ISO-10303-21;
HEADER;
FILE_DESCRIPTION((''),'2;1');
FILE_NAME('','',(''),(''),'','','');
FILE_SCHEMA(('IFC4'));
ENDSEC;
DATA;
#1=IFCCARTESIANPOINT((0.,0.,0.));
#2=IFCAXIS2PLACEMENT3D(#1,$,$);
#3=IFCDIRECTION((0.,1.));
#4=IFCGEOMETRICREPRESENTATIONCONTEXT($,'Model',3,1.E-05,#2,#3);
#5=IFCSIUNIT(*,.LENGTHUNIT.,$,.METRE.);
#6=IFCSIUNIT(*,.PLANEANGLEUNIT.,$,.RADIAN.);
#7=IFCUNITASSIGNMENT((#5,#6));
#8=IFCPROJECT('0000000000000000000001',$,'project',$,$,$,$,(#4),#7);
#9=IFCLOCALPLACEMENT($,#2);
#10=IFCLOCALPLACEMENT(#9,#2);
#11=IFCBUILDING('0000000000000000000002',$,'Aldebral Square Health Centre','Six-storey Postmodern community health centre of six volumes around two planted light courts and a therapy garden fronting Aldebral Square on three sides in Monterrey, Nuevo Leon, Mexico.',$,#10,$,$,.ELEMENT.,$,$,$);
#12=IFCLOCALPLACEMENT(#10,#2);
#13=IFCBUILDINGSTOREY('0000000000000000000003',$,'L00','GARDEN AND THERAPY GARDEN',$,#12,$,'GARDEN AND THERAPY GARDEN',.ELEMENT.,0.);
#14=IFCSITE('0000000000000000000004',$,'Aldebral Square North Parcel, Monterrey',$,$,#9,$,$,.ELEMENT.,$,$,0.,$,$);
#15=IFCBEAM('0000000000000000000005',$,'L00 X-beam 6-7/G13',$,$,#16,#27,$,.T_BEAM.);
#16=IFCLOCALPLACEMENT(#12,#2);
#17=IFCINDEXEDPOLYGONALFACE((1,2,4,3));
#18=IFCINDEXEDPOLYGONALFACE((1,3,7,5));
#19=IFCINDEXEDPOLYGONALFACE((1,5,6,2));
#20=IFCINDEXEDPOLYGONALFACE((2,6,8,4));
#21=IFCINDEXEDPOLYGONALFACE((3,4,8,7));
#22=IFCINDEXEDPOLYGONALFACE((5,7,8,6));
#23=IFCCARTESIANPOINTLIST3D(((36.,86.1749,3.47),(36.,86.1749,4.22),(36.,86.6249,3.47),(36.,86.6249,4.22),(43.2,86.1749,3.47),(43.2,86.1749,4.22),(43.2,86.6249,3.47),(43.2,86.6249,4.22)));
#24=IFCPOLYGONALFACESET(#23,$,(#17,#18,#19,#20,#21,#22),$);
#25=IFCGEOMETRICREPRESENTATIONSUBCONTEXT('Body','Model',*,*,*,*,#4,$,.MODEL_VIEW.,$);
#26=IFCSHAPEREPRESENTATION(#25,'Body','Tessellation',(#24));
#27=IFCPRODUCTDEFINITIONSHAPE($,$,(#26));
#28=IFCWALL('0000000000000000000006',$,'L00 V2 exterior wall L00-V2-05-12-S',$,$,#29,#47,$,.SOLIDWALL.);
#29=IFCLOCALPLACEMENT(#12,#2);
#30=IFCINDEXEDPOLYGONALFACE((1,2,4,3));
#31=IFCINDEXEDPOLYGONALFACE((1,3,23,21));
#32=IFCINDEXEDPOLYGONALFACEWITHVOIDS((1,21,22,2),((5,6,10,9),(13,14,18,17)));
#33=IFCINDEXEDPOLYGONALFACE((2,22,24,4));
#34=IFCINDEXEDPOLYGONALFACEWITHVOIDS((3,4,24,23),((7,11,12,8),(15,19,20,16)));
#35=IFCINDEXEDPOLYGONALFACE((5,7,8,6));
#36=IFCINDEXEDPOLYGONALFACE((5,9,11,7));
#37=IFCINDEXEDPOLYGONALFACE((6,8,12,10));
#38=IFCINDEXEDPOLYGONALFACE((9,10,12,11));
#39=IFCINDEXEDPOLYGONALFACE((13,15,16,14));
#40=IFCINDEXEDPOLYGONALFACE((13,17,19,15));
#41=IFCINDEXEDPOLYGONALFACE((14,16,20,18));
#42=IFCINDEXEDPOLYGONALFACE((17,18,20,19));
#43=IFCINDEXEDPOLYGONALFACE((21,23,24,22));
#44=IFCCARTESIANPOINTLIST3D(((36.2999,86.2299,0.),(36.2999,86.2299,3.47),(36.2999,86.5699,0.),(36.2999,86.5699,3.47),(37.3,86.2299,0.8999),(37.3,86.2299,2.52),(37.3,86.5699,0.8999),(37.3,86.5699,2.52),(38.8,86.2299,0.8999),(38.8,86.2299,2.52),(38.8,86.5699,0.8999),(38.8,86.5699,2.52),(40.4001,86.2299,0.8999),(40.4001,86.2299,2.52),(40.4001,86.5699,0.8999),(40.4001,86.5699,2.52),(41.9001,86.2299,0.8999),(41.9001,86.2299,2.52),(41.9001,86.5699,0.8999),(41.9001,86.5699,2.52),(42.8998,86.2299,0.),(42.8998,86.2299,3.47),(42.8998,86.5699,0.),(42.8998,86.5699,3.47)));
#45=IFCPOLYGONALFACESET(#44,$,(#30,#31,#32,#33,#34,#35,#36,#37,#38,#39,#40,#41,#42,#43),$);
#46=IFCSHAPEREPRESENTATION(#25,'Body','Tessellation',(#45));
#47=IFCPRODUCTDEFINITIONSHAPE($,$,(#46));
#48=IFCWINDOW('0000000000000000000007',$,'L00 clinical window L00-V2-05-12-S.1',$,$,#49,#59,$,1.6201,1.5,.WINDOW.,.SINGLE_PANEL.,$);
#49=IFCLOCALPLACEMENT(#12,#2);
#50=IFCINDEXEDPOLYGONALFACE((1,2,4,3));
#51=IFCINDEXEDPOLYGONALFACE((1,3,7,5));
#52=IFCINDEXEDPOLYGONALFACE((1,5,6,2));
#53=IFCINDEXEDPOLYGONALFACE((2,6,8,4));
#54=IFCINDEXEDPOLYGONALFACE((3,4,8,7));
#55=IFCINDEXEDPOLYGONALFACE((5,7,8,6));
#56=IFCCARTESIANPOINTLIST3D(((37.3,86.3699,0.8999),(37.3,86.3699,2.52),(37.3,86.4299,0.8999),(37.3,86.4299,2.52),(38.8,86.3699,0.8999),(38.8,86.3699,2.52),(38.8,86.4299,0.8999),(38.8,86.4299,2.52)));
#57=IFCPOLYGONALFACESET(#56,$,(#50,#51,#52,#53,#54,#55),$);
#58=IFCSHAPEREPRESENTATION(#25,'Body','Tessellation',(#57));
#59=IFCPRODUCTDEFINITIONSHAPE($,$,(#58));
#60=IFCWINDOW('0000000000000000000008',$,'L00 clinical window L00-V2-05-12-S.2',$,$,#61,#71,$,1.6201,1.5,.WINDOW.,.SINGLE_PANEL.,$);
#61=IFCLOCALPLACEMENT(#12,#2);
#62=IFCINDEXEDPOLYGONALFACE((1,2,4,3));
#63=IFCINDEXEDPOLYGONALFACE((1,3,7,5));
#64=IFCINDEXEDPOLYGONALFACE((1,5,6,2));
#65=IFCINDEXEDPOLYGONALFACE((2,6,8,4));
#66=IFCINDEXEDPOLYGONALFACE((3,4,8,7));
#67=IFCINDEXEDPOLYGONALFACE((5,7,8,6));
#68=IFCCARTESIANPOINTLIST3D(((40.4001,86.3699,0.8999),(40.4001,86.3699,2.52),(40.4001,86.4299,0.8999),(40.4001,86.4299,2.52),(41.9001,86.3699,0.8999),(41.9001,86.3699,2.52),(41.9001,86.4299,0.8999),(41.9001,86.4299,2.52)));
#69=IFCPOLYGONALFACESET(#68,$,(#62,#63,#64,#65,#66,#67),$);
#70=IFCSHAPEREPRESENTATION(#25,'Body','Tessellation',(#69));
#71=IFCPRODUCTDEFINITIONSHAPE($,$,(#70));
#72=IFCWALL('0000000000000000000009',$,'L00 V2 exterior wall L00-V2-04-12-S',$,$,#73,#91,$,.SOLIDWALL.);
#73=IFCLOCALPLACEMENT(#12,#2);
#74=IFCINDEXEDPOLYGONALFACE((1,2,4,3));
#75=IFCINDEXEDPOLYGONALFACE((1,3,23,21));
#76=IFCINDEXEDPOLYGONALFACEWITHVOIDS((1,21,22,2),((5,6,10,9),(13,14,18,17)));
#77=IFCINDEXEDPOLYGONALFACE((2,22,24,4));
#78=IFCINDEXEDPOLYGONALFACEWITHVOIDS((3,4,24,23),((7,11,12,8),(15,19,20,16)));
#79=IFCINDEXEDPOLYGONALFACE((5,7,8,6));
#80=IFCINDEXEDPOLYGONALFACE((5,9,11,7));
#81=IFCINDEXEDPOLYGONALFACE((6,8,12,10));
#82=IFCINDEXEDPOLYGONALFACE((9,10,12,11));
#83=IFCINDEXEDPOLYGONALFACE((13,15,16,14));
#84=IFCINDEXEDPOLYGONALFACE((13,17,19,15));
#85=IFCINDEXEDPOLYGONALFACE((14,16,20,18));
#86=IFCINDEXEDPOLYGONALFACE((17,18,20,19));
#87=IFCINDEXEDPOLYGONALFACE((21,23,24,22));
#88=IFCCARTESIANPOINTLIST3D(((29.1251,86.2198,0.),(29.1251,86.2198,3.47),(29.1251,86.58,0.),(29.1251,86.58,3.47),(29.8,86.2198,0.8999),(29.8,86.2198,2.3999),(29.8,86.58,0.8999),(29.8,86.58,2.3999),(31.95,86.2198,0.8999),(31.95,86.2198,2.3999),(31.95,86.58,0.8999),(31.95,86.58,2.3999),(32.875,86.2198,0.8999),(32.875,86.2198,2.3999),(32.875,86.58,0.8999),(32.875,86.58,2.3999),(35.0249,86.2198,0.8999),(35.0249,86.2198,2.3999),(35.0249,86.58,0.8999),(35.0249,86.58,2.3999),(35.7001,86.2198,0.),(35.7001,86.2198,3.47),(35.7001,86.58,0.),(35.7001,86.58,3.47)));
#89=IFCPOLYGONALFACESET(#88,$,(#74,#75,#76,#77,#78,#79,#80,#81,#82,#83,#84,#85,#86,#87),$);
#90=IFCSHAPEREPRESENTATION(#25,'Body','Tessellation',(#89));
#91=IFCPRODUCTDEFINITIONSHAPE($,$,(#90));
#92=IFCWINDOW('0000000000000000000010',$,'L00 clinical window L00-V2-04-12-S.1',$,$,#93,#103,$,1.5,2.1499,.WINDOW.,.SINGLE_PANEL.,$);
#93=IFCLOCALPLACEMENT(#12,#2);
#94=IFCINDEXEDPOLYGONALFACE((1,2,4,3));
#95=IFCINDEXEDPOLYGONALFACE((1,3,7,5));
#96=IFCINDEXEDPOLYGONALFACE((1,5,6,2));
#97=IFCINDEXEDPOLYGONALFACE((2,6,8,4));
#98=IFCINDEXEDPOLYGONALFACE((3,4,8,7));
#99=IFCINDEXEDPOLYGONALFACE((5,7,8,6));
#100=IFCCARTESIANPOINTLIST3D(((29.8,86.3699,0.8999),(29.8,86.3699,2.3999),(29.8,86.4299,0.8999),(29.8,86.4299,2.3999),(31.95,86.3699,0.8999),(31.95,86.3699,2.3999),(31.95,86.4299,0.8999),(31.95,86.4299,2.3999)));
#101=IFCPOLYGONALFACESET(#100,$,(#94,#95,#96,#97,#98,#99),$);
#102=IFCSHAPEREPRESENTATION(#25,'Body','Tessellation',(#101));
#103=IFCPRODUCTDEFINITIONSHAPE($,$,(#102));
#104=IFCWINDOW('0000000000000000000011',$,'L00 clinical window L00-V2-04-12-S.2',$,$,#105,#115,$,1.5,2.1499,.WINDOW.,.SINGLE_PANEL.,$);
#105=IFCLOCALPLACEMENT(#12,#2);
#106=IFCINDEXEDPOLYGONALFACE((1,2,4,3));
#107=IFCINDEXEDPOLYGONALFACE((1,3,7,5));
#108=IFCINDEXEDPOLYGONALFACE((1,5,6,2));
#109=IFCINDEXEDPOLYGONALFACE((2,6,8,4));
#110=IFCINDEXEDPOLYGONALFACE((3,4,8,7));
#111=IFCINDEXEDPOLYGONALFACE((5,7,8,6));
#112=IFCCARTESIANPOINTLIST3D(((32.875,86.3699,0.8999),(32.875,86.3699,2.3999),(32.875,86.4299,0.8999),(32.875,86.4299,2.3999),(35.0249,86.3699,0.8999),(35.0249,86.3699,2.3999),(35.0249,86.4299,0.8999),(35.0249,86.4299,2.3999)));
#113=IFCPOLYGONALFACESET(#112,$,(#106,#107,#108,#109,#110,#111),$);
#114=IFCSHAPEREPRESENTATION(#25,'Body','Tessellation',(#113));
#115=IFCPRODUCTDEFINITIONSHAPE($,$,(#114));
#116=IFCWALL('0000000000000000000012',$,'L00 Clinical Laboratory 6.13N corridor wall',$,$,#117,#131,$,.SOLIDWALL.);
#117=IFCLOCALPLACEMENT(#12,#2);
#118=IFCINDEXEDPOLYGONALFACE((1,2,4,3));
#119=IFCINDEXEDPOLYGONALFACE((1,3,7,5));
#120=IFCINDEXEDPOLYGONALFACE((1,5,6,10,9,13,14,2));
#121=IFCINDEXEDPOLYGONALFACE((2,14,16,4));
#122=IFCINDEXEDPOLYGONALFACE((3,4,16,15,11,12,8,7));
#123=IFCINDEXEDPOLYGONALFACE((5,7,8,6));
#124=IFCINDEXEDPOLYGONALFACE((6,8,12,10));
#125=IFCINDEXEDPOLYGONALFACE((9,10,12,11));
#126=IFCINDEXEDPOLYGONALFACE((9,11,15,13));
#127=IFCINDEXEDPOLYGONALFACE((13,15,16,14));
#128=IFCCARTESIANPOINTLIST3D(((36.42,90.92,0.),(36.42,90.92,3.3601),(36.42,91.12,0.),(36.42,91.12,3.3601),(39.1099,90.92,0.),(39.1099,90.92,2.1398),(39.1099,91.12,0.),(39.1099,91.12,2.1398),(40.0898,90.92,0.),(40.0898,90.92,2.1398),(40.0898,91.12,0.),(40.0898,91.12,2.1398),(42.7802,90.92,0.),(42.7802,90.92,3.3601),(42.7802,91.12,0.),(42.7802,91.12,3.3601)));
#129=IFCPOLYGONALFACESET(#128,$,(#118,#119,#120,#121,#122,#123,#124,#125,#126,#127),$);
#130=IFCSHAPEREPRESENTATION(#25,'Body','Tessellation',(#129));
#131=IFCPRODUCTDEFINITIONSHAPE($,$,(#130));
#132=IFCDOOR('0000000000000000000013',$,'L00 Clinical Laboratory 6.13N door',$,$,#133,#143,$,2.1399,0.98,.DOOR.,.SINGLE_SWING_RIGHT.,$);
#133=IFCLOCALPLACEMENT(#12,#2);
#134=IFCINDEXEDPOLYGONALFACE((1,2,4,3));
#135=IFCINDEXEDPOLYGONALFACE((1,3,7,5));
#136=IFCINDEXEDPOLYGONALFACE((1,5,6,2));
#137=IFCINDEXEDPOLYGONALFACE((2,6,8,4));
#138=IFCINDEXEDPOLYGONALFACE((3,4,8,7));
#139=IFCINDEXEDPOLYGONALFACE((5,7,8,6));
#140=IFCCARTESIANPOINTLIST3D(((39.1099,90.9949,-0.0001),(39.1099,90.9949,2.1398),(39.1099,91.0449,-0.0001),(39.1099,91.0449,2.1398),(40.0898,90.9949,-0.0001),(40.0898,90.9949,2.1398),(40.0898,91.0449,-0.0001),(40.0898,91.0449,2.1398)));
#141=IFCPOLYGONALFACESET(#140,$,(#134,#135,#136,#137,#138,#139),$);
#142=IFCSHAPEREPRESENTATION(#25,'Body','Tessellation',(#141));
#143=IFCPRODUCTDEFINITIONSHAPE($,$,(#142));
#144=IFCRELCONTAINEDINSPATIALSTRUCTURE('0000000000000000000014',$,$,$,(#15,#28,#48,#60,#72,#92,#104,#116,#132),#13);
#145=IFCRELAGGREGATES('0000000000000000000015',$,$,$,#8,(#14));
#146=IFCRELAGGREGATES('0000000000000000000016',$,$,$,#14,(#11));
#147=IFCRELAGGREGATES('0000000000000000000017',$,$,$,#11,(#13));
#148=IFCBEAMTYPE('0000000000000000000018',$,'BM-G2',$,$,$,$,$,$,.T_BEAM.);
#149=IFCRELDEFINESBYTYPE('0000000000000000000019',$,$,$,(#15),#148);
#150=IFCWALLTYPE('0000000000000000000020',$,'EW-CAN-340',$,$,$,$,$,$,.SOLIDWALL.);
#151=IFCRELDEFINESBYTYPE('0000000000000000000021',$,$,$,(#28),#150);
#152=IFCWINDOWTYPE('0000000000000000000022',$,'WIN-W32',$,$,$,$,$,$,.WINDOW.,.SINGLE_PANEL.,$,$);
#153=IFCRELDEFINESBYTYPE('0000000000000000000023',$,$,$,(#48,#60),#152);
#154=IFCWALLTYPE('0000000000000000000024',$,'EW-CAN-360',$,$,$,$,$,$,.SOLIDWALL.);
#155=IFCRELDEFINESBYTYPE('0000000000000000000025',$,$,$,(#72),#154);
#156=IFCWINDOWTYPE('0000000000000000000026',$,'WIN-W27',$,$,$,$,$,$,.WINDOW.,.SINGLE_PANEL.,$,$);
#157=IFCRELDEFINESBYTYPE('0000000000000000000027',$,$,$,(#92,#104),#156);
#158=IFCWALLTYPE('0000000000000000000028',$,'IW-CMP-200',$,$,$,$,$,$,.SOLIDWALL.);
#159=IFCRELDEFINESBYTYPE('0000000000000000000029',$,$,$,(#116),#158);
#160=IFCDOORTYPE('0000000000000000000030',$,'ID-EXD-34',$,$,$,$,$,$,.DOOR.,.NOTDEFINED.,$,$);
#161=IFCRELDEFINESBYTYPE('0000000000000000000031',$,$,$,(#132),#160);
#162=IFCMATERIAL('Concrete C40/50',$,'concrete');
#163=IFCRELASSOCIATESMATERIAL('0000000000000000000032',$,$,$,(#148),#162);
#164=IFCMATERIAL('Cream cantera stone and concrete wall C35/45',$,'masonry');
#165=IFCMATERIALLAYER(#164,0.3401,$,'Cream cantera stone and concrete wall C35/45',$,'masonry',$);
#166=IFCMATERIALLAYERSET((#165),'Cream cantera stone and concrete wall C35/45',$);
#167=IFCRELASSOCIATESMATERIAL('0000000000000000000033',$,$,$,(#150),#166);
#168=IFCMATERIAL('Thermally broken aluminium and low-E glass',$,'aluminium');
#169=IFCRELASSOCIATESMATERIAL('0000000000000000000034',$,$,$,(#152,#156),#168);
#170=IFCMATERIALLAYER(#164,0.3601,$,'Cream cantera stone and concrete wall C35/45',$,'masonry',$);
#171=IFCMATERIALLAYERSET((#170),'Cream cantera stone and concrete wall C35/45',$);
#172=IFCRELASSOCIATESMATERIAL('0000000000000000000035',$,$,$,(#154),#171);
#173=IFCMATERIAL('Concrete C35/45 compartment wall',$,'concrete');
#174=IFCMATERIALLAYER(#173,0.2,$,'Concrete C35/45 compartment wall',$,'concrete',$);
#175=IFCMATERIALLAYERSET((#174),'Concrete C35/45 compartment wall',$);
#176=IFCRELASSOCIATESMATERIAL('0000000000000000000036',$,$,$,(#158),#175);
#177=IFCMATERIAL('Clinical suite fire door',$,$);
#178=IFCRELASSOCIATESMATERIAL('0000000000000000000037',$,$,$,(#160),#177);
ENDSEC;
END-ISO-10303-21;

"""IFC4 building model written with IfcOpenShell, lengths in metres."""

from ifc_helpers import new_model, si_unit, direction, frame, frame_2d, origin, origin_2d, place, context, subcontext, project, spatial, rectangle, extrude, material, layer, layer_set, material_profile, profile_set, type_object, element, fill, save


model = new_model("IFC4")

# Units and contexts
model_context = context("Model", 3, precision=1e-05, world=origin(), true_north=direction((0.0, 1.0)))
body_context = subcontext(model_context, "Body", "Model", "MODEL_VIEW")
ifc_project = project(units=[si_unit("LENGTHUNIT", "METRE"), si_unit("PLANEANGLEUNIT", "RADIAN")], contexts=[model_context])

# Site, building, storey
site_placement = place(None, origin())
site = spatial("IfcSite", under=ifc_project, at=site_placement, Name="Aldebral Square North Parcel, Monterrey", CompositionType="ELEMENT", RefElevation=0.0)
building_placement = place(site_placement, origin())
building = spatial("IfcBuilding", under=site, at=building_placement, Name="Aldebral Square Health Centre", Description="Six-storey Postmodern community health centre of six volumes around two planted light courts and a therapy garden fronting Aldebral Square on three sides in Monterrey, Nuevo Leon, Mexico.", CompositionType="ELEMENT")
storey_placement = place(building_placement, origin())
storey = spatial("IfcBuildingStorey", under=building, at=storey_placement, Name="L00", Description="GARDEN AND THERAPY GARDEN", LongName="GARDEN AND THERAPY GARDEN", CompositionType="ELEMENT", Elevation=0.0)

# Shared definitions
ifc_material_1 = material(Name="Concrete C40/50", Category="concrete")

# Beam
ifc_material_profile_1 = material_profile(ifc_material_1, rectangle(XDim=0.45, YDim=0.75, at=origin_2d()), Name="RC 450x750")
ifc_profile_set_1 = profile_set([ifc_material_profile_1], Name="Concrete C40/50")
beam_type_1 = type_object("IfcBeamType", Name="BM-G2", PredefinedType="T_BEAM", material=ifc_profile_set_1)
beam_1_placement = place(storey_placement, frame((36.0, 86.3999, 3.845), z_axis=(1.0, 0.0, 0.0), x_axis=(0.0, 1.0, 0.0)))
element("IfcBeam", 1, at=beam_1_placement, inside=storey, type_object=beam_type_1, Name="L00 X-beam 6-7/G13", PredefinedType="T_BEAM", context=body_context, shape_type="SweptSolid", body=[
    extrude(rectangle(XDim=0.45, YDim=0.75, at=origin_2d()), origin(), (0.0, 0.0, 1.0), 7.2),
])

# Walls, openings, windows
ifc_material_2 = material(Name="Cream cantera stone and concrete wall C35/45", Category="masonry")
ifc_layer_1 = layer(ifc_material_2, 0.3401, Name="Cream cantera stone and concrete wall C35/45", Category="masonry")
ifc_layer_set_1 = layer_set([ifc_layer_1], Name="Cream cantera stone and concrete wall C35/45")
wall_type_1 = type_object("IfcWallType", Name="EW-CAN-340", PredefinedType="SOLIDWALL", material=ifc_layer_set_1)
wall_1_placement = place(storey_placement, frame((36.3, 86.3999, 0.0), z_axis=(0.0, 0.0, 1.0), x_axis=(1.0, 0.0, 0.0)))
wall_1 = element("IfcWall", 2, at=wall_1_placement, inside=storey, type_object=wall_type_1, Name="L00 V2 exterior wall L00-V2-05-12-S", PredefinedType="SOLIDWALL", context=body_context, shape_type="SweptSolid", body=[
    extrude(rectangle(XDim=6.5999, YDim=0.3401, at=frame_2d((3.2998, 0.0))), origin(), (0.0, 0.0, 1.0), 3.47),
])
opening_1_placement = place(wall_1_placement, frame((1.0, 0.0, 0.8999)))
opening_1 = element("IfcOpeningElement", 3, at=opening_1_placement, cuts=wall_1, PredefinedType="OPENING", context=body_context, shape_type="SweptSolid", body=[
    extrude(rectangle(XDim=1.5, YDim=1.6201, at=frame_2d((0.75, 0.8101))), frame((0.0, 0.1802, 0.0), z_axis=(0.0, -1.0, 0.0), x_axis=(1.0, 0.0, 0.0)), (0.0, 0.0, 1.0), 0.3601),
])
opening_2_placement = place(wall_1_placement, frame((4.1001, 0.0, 0.8999)))
opening_2 = element("IfcOpeningElement", 4, at=opening_2_placement, cuts=wall_1, PredefinedType="OPENING", context=body_context, shape_type="SweptSolid", body=[
    extrude(rectangle(XDim=1.5, YDim=1.6201, at=frame_2d((0.75, 0.8101))), frame((0.0, 0.1802, 0.0), z_axis=(0.0, -1.0, 0.0), x_axis=(1.0, 0.0, 0.0)), (0.0, 0.0, 1.0), 0.3601),
])
ifc_material_3 = material(Name="Thermally broken aluminium and low-E glass", Category="aluminium")
window_type_1 = type_object("IfcWindowType", Name="WIN-W32", PartitioningType="SINGLE_PANEL", PredefinedType="WINDOW", material=ifc_material_3)
window_1_placement = place(opening_1_placement, origin())
window_1 = element("IfcWindow", 5, at=window_1_placement, inside=storey, type_object=window_type_1, Name="L00 clinical window L00-V2-05-12-S.1", OverallHeight=1.6201, OverallWidth=1.5, PartitioningType="SINGLE_PANEL", PredefinedType="WINDOW", context=body_context, shape_type="SweptSolid", body=[
    extrude(rectangle(XDim=1.5, YDim=1.6201, at=frame_2d((0.75, 0.8101))), frame((0.0, 0.03, 0.0), z_axis=(0.0, -1.0, 0.0), x_axis=(1.0, 0.0, 0.0)), (0.0, 0.0, 1.0), 0.0601),
])
fill(opening_1, window_1)
window_2_placement = place(opening_2_placement, origin())
window_2 = element("IfcWindow", 6, at=window_2_placement, inside=storey, type_object=window_type_1, Name="L00 clinical window L00-V2-05-12-S.2", OverallHeight=1.6201, OverallWidth=1.5, PartitioningType="SINGLE_PANEL", PredefinedType="WINDOW", context=body_context, shape_type="SweptSolid", body=[
    extrude(rectangle(XDim=1.5, YDim=1.6201, at=frame_2d((0.75, 0.8101))), frame((0.0, 0.03, 0.0), z_axis=(0.0, -1.0, 0.0), x_axis=(1.0, 0.0, 0.0)), (0.0, 0.0, 1.0), 0.0601),
])
fill(opening_2, window_2)
ifc_layer_2 = layer(ifc_material_2, 0.3601, Name="Cream cantera stone and concrete wall C35/45", Category="masonry")
ifc_layer_set_2 = layer_set([ifc_layer_2], Name="Cream cantera stone and concrete wall C35/45")
wall_type_2 = type_object("IfcWallType", Name="EW-CAN-360", PredefinedType="SOLIDWALL", material=ifc_layer_set_2)
wall_2_placement = place(storey_placement, frame((29.125, 86.3999, 0.0), z_axis=(0.0, 0.0, 1.0), x_axis=(1.0, 0.0, 0.0)))
wall_2 = element("IfcWall", 7, at=wall_2_placement, inside=storey, type_object=wall_type_2, Name="L00 V2 exterior wall L00-V2-04-12-S", PredefinedType="SOLIDWALL", context=body_context, shape_type="SweptSolid", body=[
    extrude(rectangle(XDim=6.575, YDim=0.3601, at=frame_2d((3.2876, 0.0))), origin(), (0.0, 0.0, 1.0), 3.47),
])
opening_3_placement = place(wall_2_placement, frame((0.675, 0.0, 0.8999)))
opening_3 = element("IfcOpeningElement", 8, at=opening_3_placement, cuts=wall_2, PredefinedType="OPENING", context=body_context, shape_type="SweptSolid", body=[
    extrude(rectangle(XDim=2.1499, YDim=1.5, at=frame_2d((1.075, 0.75))), frame((0.0, 0.1899, 0.0), z_axis=(0.0, -1.0, 0.0), x_axis=(1.0, 0.0, 0.0)), (0.0, 0.0, 1.0), 0.3801),
])
opening_4_placement = place(wall_2_placement, frame((3.75, 0.0, 0.8999)))
opening_4 = element("IfcOpeningElement", 9, at=opening_4_placement, cuts=wall_2, PredefinedType="OPENING", context=body_context, shape_type="SweptSolid", body=[
    extrude(rectangle(XDim=2.1499, YDim=1.5, at=frame_2d((1.075, 0.75))), frame((0.0, 0.1899, 0.0), z_axis=(0.0, -1.0, 0.0), x_axis=(1.0, 0.0, 0.0)), (0.0, 0.0, 1.0), 0.3801),
])
window_type_2 = type_object("IfcWindowType", Name="WIN-W27", PartitioningType="SINGLE_PANEL", PredefinedType="WINDOW", material=ifc_material_3)
window_3_placement = place(opening_3_placement, origin())
window_3 = element("IfcWindow", 10, at=window_3_placement, inside=storey, type_object=window_type_2, Name="L00 clinical window L00-V2-04-12-S.1", OverallHeight=1.5, OverallWidth=2.1499, PartitioningType="SINGLE_PANEL", PredefinedType="WINDOW", context=body_context, shape_type="SweptSolid", body=[
    extrude(rectangle(XDim=2.1499, YDim=1.5, at=frame_2d((1.075, 0.75))), frame((0.0, 0.03, 0.0), z_axis=(0.0, -1.0, 0.0), x_axis=(1.0, 0.0, 0.0)), (0.0, 0.0, 1.0), 0.0601),
])
fill(opening_3, window_3)
window_4_placement = place(opening_4_placement, origin())
window_4 = element("IfcWindow", 11, at=window_4_placement, inside=storey, type_object=window_type_2, Name="L00 clinical window L00-V2-04-12-S.2", OverallHeight=1.5, OverallWidth=2.1499, PartitioningType="SINGLE_PANEL", PredefinedType="WINDOW", context=body_context, shape_type="SweptSolid", body=[
    extrude(rectangle(XDim=2.1499, YDim=1.5, at=frame_2d((1.075, 0.75))), frame((0.0, 0.03, 0.0), z_axis=(0.0, -1.0, 0.0), x_axis=(1.0, 0.0, 0.0)), (0.0, 0.0, 1.0), 0.0601),
])
fill(opening_4, window_4)

# Wall, opening, door
ifc_material_4 = material(Name="Concrete C35/45 compartment wall", Category="concrete")
ifc_layer_3 = layer(ifc_material_4, 0.2, Name="Concrete C35/45 compartment wall", Category="concrete")
ifc_layer_set_3 = layer_set([ifc_layer_3], Name="Concrete C35/45 compartment wall")
wall_type_3 = type_object("IfcWallType", Name="IW-CMP-200", PredefinedType="SOLIDWALL", material=ifc_layer_set_3)
wall_3_placement = place(storey_placement, frame((36.4199, 91.02, 0.0), z_axis=(0.0, 0.0, 1.0), x_axis=(1.0, 0.0, 0.0)))
wall_3 = element("IfcWall", 12, at=wall_3_placement, inside=storey, type_object=wall_type_3, Name="L00 Clinical Laboratory 6.13N corridor wall", PredefinedType="SOLIDWALL", context=body_context, shape_type="SweptSolid", body=[
    extrude(rectangle(XDim=6.3601, YDim=0.2, at=frame_2d((3.1802, 0.0))), origin(), (0.0, 0.0, 1.0), 3.3601),
])
opening_5_placement = place(wall_3_placement, frame((2.6899, 0.0, 0.0)))
opening_5 = element("IfcOpeningElement", 13, at=opening_5_placement, cuts=wall_3, PredefinedType="OPENING", context=body_context, shape_type="SweptSolid", body=[
    extrude(rectangle(XDim=0.98, YDim=2.1399, at=frame_2d((0.49, 1.0698))), frame((0.0, 0.1099, 0.0), z_axis=(0.0, -1.0, 0.0), x_axis=(1.0, 0.0, 0.0)), (0.0, 0.0, 1.0), 0.22),
])
ifc_material_5 = material(Name="Clinical suite fire door")
door_type_1 = type_object("IfcDoorType", Name="ID-EXD-34", OperationType="NOTDEFINED", PredefinedType="DOOR", material=ifc_material_5)
door_1_placement = place(opening_5_placement, origin())
door_1 = element("IfcDoor", 14, at=door_1_placement, inside=storey, type_object=door_type_1, Name="L00 Clinical Laboratory 6.13N door", OperationType="SINGLE_SWING_RIGHT", OverallHeight=2.1399, OverallWidth=0.98, PredefinedType="DOOR", context=body_context, shape_type="SweptSolid", body=[
    extrude(rectangle(XDim=0.98, YDim=2.1399, at=frame_2d((0.49, 1.0698))), frame((0.0, 0.0249, 0.0), z_axis=(0.0, -1.0, 0.0), x_axis=(1.0, 0.0, 0.0)), (0.0, 0.0, 1.0), 0.05),
])
fill(opening_5, door_1)

save(model, "model.ifc")
